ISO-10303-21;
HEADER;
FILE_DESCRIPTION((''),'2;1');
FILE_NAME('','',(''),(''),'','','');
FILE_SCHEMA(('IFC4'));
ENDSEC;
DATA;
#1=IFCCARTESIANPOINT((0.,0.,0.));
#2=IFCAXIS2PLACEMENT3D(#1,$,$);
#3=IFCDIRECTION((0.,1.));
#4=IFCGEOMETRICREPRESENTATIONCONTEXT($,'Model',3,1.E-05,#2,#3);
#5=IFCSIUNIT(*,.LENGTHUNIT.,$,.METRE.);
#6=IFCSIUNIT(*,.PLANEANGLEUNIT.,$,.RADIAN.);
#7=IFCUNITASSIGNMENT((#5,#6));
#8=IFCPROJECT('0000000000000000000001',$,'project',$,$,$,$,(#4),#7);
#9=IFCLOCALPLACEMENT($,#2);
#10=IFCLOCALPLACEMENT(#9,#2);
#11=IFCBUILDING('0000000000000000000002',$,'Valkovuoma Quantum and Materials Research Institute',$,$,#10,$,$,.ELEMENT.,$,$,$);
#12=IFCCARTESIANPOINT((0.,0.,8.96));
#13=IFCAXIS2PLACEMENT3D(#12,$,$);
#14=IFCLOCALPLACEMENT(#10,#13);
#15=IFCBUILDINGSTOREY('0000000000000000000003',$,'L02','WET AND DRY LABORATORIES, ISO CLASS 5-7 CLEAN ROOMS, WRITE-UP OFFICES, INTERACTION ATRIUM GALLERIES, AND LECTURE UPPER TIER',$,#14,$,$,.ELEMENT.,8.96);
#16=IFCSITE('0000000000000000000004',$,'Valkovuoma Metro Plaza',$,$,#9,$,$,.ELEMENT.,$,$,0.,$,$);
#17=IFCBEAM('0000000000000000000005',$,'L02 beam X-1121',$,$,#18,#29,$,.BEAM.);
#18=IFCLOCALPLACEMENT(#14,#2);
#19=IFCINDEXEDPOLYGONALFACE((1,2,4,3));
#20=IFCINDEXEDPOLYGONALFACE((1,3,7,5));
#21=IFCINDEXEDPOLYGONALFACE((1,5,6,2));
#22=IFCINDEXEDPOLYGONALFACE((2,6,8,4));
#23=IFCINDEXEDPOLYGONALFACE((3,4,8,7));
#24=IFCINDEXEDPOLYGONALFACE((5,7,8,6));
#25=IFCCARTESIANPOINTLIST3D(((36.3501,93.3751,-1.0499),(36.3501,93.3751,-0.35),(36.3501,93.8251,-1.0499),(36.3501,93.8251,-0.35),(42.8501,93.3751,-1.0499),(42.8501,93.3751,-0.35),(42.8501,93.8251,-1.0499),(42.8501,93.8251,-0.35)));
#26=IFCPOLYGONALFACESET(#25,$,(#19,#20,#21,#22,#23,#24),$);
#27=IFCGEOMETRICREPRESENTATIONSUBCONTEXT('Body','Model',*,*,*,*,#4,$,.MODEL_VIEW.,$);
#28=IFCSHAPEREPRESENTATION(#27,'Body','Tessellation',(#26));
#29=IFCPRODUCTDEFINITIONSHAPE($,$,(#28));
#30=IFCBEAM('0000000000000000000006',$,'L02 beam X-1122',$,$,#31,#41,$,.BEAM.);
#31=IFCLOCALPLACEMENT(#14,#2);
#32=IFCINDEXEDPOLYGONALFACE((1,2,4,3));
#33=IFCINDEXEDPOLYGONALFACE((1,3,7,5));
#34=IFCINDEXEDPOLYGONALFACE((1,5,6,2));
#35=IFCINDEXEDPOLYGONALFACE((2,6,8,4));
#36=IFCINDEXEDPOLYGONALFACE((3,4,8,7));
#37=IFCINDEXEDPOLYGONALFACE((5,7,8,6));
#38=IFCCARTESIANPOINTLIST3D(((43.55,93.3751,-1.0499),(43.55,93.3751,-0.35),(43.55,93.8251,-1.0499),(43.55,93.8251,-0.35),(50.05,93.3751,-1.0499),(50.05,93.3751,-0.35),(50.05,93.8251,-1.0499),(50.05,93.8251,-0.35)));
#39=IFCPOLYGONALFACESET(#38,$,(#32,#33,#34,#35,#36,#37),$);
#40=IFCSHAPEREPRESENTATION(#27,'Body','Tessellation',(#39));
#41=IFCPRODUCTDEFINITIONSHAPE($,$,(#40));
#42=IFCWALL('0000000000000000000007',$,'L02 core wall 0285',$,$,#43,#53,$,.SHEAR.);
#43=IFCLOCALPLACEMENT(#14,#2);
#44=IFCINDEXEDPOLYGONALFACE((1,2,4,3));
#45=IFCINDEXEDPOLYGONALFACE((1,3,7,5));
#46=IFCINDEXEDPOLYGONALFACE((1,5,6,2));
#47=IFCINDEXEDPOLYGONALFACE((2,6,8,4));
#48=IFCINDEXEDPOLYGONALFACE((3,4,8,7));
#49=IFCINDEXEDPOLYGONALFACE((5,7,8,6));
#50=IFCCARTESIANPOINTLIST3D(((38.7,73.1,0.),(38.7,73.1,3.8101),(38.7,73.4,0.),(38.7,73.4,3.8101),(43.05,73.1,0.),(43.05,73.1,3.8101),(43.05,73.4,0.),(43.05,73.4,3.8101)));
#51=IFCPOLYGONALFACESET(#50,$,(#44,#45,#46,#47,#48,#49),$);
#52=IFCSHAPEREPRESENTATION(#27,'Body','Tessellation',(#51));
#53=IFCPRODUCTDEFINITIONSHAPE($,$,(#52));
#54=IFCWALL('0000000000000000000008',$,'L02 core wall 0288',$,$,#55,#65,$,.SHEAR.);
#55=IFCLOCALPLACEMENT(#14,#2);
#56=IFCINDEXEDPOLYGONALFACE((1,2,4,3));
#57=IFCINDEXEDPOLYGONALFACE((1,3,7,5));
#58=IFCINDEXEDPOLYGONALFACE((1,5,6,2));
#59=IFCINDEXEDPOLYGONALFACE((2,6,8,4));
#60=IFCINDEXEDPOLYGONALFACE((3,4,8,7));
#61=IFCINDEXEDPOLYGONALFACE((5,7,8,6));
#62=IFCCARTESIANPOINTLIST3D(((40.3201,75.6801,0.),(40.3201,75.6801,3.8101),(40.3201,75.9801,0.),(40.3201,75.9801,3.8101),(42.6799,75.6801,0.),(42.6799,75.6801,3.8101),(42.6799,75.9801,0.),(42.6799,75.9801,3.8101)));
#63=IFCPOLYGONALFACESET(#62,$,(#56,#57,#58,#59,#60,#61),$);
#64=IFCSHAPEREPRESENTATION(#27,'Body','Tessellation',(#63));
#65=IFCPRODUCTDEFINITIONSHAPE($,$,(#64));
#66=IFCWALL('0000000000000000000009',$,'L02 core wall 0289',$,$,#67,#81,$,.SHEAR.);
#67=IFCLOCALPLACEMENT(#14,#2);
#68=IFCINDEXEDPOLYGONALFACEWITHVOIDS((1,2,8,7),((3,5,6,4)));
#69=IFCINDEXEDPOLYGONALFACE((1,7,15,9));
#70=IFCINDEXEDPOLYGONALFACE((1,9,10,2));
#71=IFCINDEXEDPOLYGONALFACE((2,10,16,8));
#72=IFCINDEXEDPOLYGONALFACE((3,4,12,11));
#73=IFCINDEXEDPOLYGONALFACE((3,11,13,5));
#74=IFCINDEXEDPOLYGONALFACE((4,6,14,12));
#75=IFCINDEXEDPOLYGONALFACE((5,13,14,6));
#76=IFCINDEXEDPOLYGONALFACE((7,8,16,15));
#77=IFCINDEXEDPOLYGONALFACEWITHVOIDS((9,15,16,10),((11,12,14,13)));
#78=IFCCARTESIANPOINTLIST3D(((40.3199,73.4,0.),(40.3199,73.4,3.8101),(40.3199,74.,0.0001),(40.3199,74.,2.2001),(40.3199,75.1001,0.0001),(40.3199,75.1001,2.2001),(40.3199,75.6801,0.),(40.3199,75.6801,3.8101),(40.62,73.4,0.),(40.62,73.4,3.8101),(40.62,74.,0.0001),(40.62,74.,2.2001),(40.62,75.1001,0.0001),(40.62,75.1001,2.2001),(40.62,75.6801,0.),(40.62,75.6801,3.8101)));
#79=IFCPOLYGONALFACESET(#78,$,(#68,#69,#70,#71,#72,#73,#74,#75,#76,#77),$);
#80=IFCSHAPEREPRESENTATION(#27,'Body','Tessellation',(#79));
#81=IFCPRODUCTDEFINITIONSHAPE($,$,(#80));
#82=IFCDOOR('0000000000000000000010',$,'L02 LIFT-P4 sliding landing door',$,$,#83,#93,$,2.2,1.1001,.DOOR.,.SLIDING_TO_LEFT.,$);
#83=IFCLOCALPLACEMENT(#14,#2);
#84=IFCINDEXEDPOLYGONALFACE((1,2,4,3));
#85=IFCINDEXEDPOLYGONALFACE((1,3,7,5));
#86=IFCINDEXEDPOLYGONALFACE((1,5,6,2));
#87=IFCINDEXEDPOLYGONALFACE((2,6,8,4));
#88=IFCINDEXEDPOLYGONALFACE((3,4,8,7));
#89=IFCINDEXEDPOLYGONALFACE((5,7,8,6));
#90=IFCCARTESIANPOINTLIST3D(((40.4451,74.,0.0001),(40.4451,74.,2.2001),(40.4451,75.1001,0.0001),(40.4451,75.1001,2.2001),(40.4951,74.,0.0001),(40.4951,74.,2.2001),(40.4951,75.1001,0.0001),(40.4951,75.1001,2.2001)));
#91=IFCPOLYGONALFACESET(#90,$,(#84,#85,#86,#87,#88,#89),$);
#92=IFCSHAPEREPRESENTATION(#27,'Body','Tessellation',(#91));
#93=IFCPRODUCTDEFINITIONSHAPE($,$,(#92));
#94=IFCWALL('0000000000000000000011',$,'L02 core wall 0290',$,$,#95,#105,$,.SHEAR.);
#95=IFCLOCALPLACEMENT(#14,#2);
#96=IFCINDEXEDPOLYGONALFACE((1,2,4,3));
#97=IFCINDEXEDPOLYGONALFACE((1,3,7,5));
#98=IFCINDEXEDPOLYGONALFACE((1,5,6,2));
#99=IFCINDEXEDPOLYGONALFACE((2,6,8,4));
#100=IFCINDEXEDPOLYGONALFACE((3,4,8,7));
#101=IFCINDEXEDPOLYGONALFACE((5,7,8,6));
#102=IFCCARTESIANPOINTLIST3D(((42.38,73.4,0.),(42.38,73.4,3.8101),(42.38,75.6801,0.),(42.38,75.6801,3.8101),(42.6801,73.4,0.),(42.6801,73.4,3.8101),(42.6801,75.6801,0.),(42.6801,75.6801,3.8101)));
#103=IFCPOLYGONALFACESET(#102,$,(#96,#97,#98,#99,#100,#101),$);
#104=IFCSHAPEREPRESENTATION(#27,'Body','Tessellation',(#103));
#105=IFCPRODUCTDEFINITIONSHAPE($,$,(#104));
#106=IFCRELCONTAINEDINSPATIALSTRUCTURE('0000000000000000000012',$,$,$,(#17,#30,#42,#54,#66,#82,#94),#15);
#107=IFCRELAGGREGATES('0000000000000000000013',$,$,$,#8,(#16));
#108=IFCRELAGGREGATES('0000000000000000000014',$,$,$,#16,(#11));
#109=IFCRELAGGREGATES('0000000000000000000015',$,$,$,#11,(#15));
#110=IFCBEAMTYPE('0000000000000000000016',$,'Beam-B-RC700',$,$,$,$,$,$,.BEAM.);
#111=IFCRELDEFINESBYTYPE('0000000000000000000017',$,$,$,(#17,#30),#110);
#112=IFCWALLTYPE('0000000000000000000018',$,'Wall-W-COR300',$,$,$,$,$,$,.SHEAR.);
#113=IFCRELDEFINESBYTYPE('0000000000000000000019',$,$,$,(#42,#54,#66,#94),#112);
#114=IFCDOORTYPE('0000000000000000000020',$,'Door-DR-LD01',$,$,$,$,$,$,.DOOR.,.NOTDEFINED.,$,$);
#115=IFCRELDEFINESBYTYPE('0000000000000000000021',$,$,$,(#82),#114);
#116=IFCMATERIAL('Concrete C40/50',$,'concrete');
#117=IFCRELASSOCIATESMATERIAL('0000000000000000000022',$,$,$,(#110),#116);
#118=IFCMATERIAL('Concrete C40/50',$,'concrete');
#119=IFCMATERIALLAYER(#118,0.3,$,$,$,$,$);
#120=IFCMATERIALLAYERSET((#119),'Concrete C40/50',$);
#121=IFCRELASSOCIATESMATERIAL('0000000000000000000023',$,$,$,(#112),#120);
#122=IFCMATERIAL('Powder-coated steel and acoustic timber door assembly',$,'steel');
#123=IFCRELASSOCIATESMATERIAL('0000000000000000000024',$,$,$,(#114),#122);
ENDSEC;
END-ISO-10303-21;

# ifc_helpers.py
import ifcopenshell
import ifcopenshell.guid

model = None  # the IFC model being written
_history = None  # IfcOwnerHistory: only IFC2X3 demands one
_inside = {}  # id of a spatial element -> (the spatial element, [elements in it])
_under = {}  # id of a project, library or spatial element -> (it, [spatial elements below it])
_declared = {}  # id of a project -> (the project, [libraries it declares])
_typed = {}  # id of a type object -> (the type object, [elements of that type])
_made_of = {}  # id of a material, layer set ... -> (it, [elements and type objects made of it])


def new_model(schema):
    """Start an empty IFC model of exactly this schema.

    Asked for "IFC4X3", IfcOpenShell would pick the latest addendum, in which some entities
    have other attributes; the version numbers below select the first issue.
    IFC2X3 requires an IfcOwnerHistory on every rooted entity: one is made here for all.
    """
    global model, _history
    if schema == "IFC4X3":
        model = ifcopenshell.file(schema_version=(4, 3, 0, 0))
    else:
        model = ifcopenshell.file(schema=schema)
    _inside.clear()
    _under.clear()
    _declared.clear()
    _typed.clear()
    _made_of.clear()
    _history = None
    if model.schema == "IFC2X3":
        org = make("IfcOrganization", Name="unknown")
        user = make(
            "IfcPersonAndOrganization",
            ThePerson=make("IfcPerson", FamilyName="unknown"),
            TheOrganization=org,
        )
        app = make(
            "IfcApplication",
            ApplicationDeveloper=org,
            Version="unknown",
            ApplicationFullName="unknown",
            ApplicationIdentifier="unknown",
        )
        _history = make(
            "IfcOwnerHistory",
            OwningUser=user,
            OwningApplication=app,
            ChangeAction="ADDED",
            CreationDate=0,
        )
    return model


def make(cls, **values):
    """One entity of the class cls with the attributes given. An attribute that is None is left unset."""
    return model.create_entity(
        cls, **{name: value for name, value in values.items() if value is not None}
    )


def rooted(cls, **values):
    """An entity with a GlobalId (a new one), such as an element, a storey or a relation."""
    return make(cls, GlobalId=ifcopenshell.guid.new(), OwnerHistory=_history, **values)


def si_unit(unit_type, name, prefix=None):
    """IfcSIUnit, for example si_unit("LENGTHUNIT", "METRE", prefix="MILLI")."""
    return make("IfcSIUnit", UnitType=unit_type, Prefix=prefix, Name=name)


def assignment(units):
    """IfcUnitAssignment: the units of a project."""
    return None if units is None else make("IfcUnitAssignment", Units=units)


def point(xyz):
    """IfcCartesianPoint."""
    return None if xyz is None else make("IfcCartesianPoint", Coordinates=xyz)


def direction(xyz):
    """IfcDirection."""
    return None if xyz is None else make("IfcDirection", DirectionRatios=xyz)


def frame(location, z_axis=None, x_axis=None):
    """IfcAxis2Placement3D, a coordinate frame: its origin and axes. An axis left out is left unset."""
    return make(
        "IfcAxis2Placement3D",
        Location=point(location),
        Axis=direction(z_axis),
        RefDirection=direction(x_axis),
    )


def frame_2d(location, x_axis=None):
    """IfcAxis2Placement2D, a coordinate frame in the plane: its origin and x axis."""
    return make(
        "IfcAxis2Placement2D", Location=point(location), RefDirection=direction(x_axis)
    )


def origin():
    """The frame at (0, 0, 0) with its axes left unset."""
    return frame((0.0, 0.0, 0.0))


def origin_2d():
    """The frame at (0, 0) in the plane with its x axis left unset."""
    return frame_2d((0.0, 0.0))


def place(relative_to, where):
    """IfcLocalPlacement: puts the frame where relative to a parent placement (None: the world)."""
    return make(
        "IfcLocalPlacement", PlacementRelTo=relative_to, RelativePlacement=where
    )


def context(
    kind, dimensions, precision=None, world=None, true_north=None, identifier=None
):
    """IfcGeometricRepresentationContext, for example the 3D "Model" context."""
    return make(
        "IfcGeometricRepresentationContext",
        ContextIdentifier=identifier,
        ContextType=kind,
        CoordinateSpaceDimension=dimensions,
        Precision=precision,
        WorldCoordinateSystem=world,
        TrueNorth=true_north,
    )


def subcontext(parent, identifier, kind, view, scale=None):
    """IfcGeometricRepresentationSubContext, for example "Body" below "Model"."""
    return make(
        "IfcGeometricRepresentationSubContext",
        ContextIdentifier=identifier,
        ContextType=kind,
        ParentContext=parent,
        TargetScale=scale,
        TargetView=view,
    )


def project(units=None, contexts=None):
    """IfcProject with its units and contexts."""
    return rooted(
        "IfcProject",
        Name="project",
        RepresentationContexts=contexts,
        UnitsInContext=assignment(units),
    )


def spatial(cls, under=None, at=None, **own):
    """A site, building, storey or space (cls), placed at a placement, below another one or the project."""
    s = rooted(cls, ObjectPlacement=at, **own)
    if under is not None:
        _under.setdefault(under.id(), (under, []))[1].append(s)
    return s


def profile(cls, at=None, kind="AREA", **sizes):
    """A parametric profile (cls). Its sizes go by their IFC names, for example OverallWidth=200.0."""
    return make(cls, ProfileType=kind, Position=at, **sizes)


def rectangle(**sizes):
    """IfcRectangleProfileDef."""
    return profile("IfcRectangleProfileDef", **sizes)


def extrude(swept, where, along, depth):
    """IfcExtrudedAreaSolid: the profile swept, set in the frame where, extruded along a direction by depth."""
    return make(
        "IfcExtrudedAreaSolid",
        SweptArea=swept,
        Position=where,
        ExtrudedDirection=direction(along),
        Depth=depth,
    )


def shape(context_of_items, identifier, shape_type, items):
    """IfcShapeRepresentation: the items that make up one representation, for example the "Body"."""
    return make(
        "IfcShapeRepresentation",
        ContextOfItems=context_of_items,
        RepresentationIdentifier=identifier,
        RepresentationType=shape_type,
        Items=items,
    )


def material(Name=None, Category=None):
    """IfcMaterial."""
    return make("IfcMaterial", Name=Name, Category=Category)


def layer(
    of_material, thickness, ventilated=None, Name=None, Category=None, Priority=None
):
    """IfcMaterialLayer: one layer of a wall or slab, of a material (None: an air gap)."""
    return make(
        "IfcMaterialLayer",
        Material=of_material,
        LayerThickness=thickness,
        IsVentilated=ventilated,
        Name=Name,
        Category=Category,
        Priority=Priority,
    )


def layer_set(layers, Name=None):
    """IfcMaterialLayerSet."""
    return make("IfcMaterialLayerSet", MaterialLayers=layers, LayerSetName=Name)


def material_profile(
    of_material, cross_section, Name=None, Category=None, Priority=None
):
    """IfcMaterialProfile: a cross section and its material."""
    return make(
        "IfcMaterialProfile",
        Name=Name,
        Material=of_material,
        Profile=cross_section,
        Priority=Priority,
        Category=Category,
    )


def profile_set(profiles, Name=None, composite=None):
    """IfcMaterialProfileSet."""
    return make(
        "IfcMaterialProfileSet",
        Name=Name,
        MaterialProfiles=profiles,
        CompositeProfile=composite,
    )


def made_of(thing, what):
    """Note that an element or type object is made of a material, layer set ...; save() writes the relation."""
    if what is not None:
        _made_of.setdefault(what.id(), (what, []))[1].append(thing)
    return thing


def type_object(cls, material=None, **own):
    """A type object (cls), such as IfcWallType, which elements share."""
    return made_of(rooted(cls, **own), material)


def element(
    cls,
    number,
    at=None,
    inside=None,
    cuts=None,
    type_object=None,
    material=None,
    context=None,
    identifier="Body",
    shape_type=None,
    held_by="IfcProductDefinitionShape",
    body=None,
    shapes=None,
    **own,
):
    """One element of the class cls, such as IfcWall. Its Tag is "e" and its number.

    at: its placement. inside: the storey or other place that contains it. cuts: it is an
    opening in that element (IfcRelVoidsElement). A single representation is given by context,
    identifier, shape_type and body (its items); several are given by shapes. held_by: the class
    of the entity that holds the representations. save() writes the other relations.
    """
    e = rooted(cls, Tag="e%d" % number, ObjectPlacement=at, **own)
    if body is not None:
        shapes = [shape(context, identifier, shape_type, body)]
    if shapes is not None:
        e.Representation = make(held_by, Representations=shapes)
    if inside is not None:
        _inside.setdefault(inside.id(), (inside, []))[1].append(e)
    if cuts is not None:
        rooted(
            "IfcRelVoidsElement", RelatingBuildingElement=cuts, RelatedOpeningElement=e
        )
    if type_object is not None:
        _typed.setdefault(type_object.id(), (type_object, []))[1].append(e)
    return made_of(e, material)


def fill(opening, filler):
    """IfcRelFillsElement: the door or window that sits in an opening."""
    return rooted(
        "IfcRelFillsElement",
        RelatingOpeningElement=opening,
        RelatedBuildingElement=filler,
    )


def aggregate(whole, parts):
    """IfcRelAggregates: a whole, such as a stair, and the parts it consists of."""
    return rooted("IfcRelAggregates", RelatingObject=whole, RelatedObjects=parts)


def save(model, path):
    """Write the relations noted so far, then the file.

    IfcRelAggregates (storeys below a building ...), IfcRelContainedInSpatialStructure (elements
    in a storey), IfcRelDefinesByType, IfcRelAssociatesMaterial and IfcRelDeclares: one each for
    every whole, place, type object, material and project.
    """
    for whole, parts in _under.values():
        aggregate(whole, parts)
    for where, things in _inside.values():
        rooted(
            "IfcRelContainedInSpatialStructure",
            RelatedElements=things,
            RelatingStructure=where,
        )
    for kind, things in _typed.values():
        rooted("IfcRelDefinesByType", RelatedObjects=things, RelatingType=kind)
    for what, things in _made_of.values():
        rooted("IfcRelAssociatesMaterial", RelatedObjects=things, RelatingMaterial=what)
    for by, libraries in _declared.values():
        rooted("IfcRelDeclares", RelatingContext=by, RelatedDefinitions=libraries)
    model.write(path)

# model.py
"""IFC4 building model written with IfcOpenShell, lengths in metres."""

from ifc_helpers import new_model, si_unit, direction, frame, frame_2d, origin, origin_2d, place, context, subcontext, project, spatial, rectangle, extrude, material, layer, layer_set, material_profile, profile_set, type_object, element, fill, save


model = new_model("IFC4")

# Units and contexts
model_context = context("Model", 3, precision=1e-05, world=origin(), true_north=direction((0.0, 1.0)))
body_context = subcontext(model_context, "Body", "Model", "MODEL_VIEW")
ifc_project = project(units=[si_unit("LENGTHUNIT", "METRE"), si_unit("PLANEANGLEUNIT", "RADIAN")], contexts=[model_context])

# Site, building, storey
site_placement = place(None, origin())
site = spatial("IfcSite", under=ifc_project, at=site_placement, Name="Valkovuoma Metro Plaza", CompositionType="ELEMENT", RefElevation=0.0)
building_placement = place(site_placement, origin())
building = spatial("IfcBuilding", under=site, at=building_placement, Name="Valkovuoma Quantum and Materials Research Institute", CompositionType="ELEMENT")
storey_placement = place(building_placement, frame((0.0, 0.0, 8.96)))
storey = spatial("IfcBuildingStorey", under=building, at=storey_placement, Name="L02", Description="WET AND DRY LABORATORIES, ISO CLASS 5-7 CLEAN ROOMS, WRITE-UP OFFICES, INTERACTION ATRIUM GALLERIES, AND LECTURE UPPER TIER", CompositionType="ELEMENT", Elevation=8.96)

# Beams
ifc_material_1 = material(Name="Concrete C40/50", Category="concrete")
ifc_material_profile_1 = material_profile(ifc_material_1, rectangle(XDim=0.45, YDim=0.7, at=origin_2d()), Name="Concrete C40/50")
ifc_profile_set_1 = profile_set([ifc_material_profile_1], Name="Concrete C40/50")
beam_type_1 = type_object("IfcBeamType", Name="Beam-B-RC700", PredefinedType="BEAM", material=ifc_profile_set_1)
for number, where, z_axis, x_axis, name in (
    (1, (36.3501, 93.6001, -0.7), (1.0, 0.0, 0.0), (0.0, 1.0, 0.0), "L02 beam X-1121"),
    (2, (43.55, 93.6001, -0.7), (1.0, 0.0, 0.0), (0.0, 1.0, 0.0), "L02 beam X-1122"),
):
    element("IfcBeam", number, at=place(storey_placement, frame(where, z_axis=z_axis, x_axis=x_axis)), inside=storey, type_object=beam_type_1, Name=name, PredefinedType="BEAM", context=body_context, shape_type="SweptSolid", body=[
        extrude(rectangle(XDim=0.45, YDim=0.7, at=origin_2d()), origin(), (0.0, 0.0, 1.0), 6.5),
    ])

# Walls
ifc_material_2 = material(Name="Concrete C40/50", Category="concrete")
ifc_layer = layer(ifc_material_2, 0.3)
ifc_layer_set = layer_set([ifc_layer], Name="Concrete C40/50")
wall_type = type_object("IfcWallType", Name="Wall-W-COR300", PredefinedType="SHEAR", material=ifc_layer_set)
wall_1_placement = place(storey_placement, frame((38.7, 73.25, 0.0), z_axis=(0.0, 0.0, 1.0), x_axis=(1.0, 0.0, 0.0)))
element("IfcWall", 3, at=wall_1_placement, inside=storey, type_object=wall_type, Name="L02 core wall 0285", PredefinedType="SHEAR", context=body_context, shape_type="SweptSolid", body=[
    extrude(rectangle(XDim=4.3501, YDim=0.3, at=frame_2d((2.175, 0.0))), origin(), (0.0, 0.0, 1.0), 3.8101),
])
wall_2_placement = place(storey_placement, frame((40.3201, 75.8301, 0.0), z_axis=(0.0, 0.0, 1.0), x_axis=(1.0, 0.0, 0.0)))
element("IfcWall", 4, at=wall_2_placement, inside=storey, type_object=wall_type, Name="L02 core wall 0288", PredefinedType="SHEAR", context=body_context, shape_type="SweptSolid", body=[
    extrude(rectangle(XDim=2.3599, YDim=0.3, at=frame_2d((1.1799, 0.0))), origin(), (0.0, 0.0, 1.0), 3.8101),
])

# Wall, opening, door
wall_3_placement = place(storey_placement, frame((40.47, 73.3999, 0.0), z_axis=(0.0, 0.0, 1.0), x_axis=(0.0, 1.0, 0.0)))
wall_3 = element("IfcWall", 5, at=wall_3_placement, inside=storey, type_object=wall_type, Name="L02 core wall 0289", PredefinedType="SHEAR", context=body_context, shape_type="SweptSolid", body=[
    extrude(rectangle(XDim=2.28, YDim=0.3, at=frame_2d((1.1401, 0.0))), origin(), (0.0, 0.0, 1.0), 3.8101),
])
opening_placement = place(wall_3_placement, frame((0.6001, 0.0, 0.0)))
opening = element("IfcOpeningElement", 6, at=opening_placement, cuts=wall_3, PredefinedType="OPENING", context=body_context, shape_type="SweptSolid", body=[
    extrude(rectangle(XDim=1.1001, YDim=2.2, at=frame_2d((0.55, 1.1001))), frame((0.0, 0.1602, 0.0), z_axis=(0.0, -1.0, 0.0), x_axis=(1.0, 0.0, 0.0)), (0.0, 0.0, 1.0), 0.3201),
])
ifc_material_3 = material(Name="Powder-coated steel and acoustic timber door assembly", Category="steel")
door_type = type_object("IfcDoorType", Name="Door-DR-LD01", OperationType="NOTDEFINED", PredefinedType="DOOR", material=ifc_material_3)
door_placement = place(opening_placement, origin())
door = element("IfcDoor", 7, at=door_placement, inside=storey, type_object=door_type, Name="L02 LIFT-P4 sliding landing door", OperationType="SLIDING_TO_LEFT", OverallHeight=2.2, OverallWidth=1.1001, PredefinedType="DOOR", context=body_context, shape_type="SweptSolid", body=[
    extrude(rectangle(XDim=1.1001, YDim=2.2, at=frame_2d((0.55, 1.1001))), frame((0.0, 0.0249, 0.0), z_axis=(0.0, -1.0, 0.0), x_axis=(1.0, 0.0, 0.0)), (0.0, 0.0, 1.0), 0.05),
])
fill(opening, door)

# Wall
wall_4_placement = place(storey_placement, frame((42.53, 73.3999, 0.0), z_axis=(0.0, 0.0, 1.0), x_axis=(0.0, 1.0, 0.0)))
element("IfcWall", 8, at=wall_4_placement, inside=storey, type_object=wall_type, Name="L02 core wall 0290", PredefinedType="SHEAR", context=body_context, shape_type="SweptSolid", body=[
    extrude(rectangle(XDim=2.28, YDim=0.3, at=frame_2d((1.1401, 0.0))), origin(), (0.0, 0.0, 1.0), 3.8101),
])

save(model, "model.ifc")
